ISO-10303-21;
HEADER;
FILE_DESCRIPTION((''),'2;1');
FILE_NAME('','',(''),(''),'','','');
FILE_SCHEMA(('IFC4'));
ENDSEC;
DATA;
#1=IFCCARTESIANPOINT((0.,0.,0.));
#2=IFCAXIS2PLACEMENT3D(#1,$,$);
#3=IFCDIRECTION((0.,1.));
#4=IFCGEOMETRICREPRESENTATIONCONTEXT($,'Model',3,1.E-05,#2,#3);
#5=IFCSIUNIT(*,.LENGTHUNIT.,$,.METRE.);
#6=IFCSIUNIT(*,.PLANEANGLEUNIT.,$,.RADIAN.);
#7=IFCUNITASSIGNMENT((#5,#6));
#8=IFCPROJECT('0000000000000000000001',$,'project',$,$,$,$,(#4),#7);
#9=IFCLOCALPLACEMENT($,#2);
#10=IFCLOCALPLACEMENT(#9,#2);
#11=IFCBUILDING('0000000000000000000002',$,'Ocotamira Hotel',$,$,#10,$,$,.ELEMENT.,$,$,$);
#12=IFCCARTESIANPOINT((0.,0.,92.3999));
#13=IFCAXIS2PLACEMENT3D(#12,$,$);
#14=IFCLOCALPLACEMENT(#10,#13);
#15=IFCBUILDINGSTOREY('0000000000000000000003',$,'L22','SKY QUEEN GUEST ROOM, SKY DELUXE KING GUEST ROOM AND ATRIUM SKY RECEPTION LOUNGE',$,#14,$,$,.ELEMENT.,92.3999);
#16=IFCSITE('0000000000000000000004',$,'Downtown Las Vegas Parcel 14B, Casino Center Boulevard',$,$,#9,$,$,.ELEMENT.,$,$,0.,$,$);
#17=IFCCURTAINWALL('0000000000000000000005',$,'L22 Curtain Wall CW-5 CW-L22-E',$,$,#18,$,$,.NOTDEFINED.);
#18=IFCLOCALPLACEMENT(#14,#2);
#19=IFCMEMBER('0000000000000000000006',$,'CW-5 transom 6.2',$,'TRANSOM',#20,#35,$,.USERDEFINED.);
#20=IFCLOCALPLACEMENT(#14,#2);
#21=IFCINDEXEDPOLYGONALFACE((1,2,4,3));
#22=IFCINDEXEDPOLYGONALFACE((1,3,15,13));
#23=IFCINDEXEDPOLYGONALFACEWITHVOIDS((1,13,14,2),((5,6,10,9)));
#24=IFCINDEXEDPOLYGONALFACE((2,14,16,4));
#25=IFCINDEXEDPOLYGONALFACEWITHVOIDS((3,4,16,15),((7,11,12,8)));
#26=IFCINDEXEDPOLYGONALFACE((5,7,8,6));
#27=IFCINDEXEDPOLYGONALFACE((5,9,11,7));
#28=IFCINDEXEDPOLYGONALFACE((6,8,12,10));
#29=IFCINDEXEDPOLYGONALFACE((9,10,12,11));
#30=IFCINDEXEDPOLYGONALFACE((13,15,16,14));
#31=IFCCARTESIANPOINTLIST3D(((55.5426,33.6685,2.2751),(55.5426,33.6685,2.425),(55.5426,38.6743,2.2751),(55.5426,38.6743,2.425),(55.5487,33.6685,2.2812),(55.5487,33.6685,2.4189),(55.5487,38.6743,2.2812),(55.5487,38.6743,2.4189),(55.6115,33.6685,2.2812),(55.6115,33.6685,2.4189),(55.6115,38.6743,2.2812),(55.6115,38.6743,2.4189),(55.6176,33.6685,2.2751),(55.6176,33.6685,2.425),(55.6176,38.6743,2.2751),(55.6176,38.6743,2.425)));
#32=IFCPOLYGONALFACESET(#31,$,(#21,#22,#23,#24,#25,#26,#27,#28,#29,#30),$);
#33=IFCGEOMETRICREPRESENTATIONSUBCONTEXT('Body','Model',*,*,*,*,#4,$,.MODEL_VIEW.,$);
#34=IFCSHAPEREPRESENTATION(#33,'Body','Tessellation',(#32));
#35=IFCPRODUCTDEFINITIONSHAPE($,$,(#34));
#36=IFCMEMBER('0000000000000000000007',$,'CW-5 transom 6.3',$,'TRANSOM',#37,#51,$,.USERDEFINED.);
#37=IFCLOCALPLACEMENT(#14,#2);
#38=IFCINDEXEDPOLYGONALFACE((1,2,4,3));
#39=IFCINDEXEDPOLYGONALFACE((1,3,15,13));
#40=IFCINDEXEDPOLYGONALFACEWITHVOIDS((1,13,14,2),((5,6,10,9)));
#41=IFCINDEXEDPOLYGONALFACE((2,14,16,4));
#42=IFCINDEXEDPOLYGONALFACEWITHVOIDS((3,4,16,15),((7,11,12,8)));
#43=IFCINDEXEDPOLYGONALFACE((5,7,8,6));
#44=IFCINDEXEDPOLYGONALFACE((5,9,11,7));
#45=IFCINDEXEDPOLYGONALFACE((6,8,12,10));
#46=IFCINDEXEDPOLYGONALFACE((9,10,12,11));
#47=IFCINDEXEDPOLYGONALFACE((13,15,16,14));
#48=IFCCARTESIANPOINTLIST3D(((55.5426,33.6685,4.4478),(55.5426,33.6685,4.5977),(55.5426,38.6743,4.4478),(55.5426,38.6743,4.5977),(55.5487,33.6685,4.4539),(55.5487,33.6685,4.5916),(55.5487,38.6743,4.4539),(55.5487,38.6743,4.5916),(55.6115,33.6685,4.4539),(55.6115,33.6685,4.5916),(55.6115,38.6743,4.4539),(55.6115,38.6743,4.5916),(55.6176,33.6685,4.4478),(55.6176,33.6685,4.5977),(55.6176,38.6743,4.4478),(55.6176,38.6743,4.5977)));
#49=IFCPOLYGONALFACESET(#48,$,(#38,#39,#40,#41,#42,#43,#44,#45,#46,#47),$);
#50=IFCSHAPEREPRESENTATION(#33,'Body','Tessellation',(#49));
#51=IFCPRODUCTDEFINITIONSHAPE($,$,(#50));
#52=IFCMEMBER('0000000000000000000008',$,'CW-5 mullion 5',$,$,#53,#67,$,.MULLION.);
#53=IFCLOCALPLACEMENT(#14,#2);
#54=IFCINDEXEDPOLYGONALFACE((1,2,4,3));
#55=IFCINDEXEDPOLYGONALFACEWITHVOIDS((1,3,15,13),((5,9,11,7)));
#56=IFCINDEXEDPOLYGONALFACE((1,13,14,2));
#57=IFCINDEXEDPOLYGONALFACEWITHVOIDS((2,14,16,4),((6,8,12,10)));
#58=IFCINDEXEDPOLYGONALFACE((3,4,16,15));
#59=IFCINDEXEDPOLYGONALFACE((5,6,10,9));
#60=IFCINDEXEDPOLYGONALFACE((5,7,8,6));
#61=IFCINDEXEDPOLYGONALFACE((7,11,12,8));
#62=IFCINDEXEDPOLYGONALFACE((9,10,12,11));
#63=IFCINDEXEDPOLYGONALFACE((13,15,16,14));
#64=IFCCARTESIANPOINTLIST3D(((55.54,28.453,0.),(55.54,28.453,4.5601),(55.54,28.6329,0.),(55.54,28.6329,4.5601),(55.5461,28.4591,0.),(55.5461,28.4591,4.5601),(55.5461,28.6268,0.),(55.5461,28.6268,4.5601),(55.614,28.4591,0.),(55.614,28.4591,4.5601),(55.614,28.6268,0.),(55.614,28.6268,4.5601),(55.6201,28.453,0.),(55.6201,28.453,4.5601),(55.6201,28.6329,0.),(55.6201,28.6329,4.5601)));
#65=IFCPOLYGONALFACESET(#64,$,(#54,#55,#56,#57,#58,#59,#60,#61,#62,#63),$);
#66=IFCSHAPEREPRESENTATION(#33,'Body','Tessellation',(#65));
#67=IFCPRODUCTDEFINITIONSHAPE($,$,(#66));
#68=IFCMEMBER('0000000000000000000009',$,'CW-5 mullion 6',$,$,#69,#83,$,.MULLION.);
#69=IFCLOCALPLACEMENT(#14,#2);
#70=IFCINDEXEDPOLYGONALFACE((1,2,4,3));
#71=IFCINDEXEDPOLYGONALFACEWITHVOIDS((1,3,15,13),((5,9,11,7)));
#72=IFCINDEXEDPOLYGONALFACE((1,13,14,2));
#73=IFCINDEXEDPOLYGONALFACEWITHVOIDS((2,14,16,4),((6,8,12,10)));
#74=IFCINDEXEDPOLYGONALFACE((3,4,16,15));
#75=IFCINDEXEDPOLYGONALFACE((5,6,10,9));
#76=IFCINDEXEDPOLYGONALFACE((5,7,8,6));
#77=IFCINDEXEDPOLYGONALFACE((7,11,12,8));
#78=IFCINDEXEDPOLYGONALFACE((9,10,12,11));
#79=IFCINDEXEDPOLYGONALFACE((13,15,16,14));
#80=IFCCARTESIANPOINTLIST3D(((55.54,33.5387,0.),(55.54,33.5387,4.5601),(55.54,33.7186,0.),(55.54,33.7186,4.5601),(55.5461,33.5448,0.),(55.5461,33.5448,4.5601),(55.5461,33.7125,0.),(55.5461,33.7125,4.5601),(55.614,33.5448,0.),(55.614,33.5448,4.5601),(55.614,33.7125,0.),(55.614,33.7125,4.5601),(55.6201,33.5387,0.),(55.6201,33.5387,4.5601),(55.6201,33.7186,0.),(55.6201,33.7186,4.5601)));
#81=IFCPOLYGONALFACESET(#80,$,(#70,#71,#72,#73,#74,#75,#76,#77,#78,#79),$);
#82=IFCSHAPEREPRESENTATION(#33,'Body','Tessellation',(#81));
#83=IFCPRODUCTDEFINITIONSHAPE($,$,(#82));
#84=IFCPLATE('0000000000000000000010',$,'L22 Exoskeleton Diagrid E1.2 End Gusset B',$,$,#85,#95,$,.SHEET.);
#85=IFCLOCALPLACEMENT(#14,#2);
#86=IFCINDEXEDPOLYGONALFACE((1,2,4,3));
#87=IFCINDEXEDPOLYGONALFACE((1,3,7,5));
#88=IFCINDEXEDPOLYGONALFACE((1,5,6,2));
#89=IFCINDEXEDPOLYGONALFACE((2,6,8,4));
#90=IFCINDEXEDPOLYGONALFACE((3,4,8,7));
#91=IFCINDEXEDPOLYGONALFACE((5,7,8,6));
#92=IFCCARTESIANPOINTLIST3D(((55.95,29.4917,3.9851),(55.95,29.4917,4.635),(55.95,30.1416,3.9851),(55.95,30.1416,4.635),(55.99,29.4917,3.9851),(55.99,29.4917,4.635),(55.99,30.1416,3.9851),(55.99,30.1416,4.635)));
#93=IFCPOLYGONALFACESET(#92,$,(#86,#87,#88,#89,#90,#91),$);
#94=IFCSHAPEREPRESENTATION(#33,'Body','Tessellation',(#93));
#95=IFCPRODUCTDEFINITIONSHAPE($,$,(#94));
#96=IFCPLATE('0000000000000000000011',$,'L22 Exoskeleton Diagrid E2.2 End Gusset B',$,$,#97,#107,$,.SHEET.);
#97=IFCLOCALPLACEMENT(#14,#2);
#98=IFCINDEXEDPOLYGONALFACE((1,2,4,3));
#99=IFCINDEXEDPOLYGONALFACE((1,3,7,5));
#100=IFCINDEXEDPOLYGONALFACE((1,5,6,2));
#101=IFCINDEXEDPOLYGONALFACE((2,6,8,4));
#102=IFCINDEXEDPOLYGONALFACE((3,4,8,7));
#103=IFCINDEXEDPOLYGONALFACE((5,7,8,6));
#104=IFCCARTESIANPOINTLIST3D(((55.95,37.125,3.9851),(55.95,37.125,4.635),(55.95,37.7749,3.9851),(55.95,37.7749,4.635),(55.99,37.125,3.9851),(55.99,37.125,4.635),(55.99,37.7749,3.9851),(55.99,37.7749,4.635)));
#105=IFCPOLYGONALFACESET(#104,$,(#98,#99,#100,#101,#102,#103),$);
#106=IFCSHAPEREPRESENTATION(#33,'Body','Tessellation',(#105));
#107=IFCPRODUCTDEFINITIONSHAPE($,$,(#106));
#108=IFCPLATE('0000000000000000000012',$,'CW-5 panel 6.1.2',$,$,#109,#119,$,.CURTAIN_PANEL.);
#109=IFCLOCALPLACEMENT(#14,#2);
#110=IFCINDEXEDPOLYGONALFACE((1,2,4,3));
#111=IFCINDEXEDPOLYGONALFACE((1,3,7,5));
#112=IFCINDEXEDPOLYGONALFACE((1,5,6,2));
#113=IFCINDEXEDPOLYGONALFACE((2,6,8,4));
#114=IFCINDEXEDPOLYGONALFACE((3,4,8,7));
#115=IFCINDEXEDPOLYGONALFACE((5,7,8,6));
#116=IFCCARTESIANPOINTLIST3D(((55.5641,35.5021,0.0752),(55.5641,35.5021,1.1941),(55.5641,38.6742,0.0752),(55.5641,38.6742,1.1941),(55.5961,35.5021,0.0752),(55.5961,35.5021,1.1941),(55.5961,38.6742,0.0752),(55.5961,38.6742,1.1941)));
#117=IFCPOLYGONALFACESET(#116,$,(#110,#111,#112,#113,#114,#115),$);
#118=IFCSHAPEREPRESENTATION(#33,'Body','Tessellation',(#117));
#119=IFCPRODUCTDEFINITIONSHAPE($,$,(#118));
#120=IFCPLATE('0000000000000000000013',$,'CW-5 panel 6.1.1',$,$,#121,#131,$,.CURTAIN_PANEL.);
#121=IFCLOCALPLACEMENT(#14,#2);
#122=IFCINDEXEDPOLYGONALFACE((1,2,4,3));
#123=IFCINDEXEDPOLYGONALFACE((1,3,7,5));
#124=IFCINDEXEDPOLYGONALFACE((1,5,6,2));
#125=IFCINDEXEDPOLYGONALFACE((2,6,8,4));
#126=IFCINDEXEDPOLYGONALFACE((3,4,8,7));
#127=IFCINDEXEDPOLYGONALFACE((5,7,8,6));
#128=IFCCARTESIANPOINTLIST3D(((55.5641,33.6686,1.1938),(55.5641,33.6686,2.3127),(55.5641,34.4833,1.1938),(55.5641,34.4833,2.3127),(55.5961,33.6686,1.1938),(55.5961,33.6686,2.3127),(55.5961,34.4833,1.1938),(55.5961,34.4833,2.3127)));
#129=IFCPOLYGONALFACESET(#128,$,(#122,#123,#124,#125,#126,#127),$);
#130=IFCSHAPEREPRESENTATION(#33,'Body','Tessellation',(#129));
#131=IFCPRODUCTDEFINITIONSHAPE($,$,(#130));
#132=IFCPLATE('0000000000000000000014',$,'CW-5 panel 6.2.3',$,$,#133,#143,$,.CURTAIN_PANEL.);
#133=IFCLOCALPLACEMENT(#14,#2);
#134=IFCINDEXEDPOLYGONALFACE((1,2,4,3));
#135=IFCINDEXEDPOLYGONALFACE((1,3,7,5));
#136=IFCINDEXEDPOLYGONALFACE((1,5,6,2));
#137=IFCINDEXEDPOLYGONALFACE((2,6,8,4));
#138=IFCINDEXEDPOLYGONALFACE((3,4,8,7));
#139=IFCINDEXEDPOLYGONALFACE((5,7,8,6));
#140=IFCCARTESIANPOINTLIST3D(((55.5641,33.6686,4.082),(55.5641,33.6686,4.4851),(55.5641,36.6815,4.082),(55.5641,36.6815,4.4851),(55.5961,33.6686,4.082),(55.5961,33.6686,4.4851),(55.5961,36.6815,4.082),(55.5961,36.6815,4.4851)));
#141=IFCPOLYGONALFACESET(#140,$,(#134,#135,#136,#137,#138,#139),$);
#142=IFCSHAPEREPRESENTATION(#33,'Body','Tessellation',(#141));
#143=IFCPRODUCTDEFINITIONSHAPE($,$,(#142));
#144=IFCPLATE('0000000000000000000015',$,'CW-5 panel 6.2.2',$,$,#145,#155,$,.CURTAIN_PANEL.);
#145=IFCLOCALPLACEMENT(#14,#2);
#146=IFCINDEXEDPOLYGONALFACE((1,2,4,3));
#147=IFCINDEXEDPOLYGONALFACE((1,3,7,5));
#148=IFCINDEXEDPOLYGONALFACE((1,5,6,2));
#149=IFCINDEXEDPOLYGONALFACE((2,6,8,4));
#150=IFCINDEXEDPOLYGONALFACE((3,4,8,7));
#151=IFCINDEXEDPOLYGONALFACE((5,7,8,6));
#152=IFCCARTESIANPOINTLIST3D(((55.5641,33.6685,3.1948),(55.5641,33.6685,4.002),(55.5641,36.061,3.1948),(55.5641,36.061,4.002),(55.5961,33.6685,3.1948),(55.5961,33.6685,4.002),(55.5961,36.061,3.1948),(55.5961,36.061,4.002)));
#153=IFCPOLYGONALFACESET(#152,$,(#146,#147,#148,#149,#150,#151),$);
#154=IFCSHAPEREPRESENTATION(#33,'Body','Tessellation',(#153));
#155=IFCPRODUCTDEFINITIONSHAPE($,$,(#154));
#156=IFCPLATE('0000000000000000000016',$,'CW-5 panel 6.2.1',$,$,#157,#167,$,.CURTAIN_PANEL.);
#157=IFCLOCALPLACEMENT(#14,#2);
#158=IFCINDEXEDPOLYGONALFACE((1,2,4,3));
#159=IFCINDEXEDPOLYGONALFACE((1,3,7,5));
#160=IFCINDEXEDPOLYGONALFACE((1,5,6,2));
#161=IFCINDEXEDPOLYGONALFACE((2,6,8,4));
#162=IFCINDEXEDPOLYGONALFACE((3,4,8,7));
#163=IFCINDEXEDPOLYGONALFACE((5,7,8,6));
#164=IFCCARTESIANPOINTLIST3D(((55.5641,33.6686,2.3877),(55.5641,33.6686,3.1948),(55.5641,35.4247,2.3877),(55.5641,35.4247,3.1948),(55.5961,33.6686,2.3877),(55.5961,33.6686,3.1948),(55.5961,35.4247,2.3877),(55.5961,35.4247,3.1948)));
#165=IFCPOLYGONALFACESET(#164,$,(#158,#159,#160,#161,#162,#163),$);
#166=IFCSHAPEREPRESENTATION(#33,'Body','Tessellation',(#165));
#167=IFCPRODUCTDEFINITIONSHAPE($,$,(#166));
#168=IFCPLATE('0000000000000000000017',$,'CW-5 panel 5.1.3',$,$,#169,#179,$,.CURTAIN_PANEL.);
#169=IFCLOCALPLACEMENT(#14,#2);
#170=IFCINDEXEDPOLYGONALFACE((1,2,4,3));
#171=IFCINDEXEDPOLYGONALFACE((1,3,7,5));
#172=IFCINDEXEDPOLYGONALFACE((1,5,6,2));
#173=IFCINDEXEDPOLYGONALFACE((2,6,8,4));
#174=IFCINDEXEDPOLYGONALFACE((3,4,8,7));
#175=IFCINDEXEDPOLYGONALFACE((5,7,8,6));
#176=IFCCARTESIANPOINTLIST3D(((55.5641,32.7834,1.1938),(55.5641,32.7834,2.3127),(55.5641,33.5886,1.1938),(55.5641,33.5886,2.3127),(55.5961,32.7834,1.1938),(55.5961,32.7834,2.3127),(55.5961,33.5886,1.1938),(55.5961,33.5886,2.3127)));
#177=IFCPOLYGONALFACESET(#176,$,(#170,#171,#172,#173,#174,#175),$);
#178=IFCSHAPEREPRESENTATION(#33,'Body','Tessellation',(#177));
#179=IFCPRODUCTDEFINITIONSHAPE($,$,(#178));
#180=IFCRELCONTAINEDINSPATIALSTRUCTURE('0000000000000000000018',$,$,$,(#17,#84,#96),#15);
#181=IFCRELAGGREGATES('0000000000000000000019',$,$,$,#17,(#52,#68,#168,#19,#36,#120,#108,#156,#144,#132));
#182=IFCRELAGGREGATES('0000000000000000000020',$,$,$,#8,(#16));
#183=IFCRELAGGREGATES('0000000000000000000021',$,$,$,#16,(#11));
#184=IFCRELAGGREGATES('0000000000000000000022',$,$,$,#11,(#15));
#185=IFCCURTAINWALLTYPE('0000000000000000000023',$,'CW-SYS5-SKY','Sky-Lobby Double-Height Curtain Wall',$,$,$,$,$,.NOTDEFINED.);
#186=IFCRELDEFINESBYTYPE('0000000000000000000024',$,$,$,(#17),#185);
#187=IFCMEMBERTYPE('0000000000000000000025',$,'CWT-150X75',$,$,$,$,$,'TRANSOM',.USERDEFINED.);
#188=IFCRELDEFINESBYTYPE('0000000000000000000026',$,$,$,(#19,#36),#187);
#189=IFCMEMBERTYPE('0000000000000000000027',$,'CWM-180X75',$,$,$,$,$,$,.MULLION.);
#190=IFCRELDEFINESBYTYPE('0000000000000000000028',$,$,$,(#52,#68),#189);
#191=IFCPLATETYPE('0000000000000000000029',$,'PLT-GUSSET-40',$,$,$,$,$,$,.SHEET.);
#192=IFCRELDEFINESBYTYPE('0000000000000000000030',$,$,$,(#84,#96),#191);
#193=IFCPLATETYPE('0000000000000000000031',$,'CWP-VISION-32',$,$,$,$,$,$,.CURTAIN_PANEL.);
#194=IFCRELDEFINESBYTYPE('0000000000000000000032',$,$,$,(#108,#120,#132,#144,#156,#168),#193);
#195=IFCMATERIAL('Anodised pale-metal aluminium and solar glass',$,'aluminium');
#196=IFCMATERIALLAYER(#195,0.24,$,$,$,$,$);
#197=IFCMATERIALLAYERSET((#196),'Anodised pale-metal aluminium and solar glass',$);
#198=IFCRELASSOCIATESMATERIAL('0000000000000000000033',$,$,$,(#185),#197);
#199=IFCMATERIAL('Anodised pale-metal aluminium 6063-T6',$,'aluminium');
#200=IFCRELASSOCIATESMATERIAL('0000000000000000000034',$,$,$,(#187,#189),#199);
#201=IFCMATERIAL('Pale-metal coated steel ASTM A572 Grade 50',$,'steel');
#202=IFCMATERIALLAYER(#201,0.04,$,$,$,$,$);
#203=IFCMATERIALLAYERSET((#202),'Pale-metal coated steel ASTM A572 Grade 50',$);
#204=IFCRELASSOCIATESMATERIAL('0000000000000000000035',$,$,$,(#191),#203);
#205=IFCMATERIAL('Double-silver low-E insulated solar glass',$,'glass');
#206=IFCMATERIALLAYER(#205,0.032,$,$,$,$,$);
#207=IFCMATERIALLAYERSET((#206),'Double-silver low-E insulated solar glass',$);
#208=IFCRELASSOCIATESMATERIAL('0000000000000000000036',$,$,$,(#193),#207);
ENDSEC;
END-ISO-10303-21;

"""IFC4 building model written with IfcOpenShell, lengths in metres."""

from ifc_helpers import new_model, si_unit, direction, frame, origin, origin_2d, place, context, subcontext, project, spatial, rectangle, hollow_rectangle, extrude, source, transform, mapped, material, layer, layer_set, material_profile, profile_set, type_object, element, aggregate, save


model = new_model("IFC4")

# Units and contexts
model_context = context("Model", 3, precision=1e-05, world=origin(), true_north=direction((0.0, 1.0)))
body_context = subcontext(model_context, "Body", "Model", "MODEL_VIEW")
ifc_project = project(units=[si_unit("LENGTHUNIT", "METRE"), si_unit("PLANEANGLEUNIT", "RADIAN")], contexts=[model_context])

# Site, building, storey
site_placement = place(None, origin())
site = spatial("IfcSite", under=ifc_project, at=site_placement, Name="Downtown Las Vegas Parcel 14B, Casino Center Boulevard", CompositionType="ELEMENT", RefElevation=0.0)
building_placement = place(site_placement, origin())
building = spatial("IfcBuilding", under=site, at=building_placement, Name="Ocotamira Hotel", CompositionType="ELEMENT")
storey_placement = place(building_placement, frame((0.0, 0.0, 92.3999)))
storey = spatial("IfcBuildingStorey", under=building, at=storey_placement, Name="L22", Description="SKY QUEEN GUEST ROOM, SKY DELUXE KING GUEST ROOM AND ATRIUM SKY RECEPTION LOUNGE", CompositionType="ELEMENT", Elevation=92.3999)

# Curtain wall, members
ifc_material_1 = material(Name="Anodised pale-metal aluminium and solar glass", Category="aluminium")
ifc_layer_1 = layer(ifc_material_1, 0.24)
ifc_layer_set_1 = layer_set([ifc_layer_1], Name="Anodised pale-metal aluminium and solar glass")
curtain_wall_type = type_object("IfcCurtainWallType", Name="CW-SYS5-SKY", Description="Sky-Lobby Double-Height Curtain Wall", PredefinedType="NOTDEFINED", material=ifc_layer_set_1)
curtain_wall_placement = place(storey_placement, origin())
curtain_wall = element("IfcCurtainWall", 1, at=curtain_wall_placement, inside=storey, type_object=curtain_wall_type, Name="L22 Curtain Wall CW-5 CW-L22-E", PredefinedType="NOTDEFINED")
ifc_material_2 = material(Name="Anodised pale-metal aluminium 6063-T6", Category="aluminium")
ifc_material_profile_1 = material_profile(ifc_material_2, hollow_rectangle(XDim=0.075, YDim=0.1499, WallThickness=0.0061, at=origin_2d()), Name="HSS150X75X6")
ifc_profile_set_1 = profile_set([ifc_material_profile_1], Name="Anodised pale-metal aluminium 6063-T6")
member_type_1 = type_object("IfcMemberType", Name="CWT-150X75", ElementType="TRANSOM", PredefinedType="USERDEFINED", material=ifc_profile_set_1)
shared_shape_1 = source(origin(), body_context, "Body", "SweptSolid", [
    extrude(hollow_rectangle(XDim=0.075, YDim=0.1499, WallThickness=0.0061, at=origin_2d()), origin(), (0.0, 0.0, 1.0), 5.0059),
])
member_1_placement = place(storey_placement, frame((55.5801, 33.6685, 2.3501), z_axis=(0.0, 1.0, 0.0), x_axis=(-1.0, 0.0, 0.0)))
member_1 = element("IfcMember", 2, at=member_1_placement, type_object=member_type_1, Name="CW-5 transom 6.2", ObjectType="TRANSOM", PredefinedType="USERDEFINED", context=body_context, shape_type="MappedRepresentation", body=[
    mapped(shared_shape_1, transform((0.0, 0.0, 0.0), scale=1.0)),
])
member_2_placement = place(storey_placement, frame((55.5801, 33.6685, 4.5227), z_axis=(0.0, 1.0, 0.0), x_axis=(-1.0, 0.0, 0.0)))
member_2 = element("IfcMember", 3, at=member_2_placement, type_object=member_type_1, Name="CW-5 transom 6.3", ObjectType="TRANSOM", PredefinedType="USERDEFINED", context=body_context, shape_type="MappedRepresentation", body=[
    mapped(shared_shape_1, transform((0.0, 0.0, 0.0), scale=1.0)),
])
ifc_material_profile_2 = material_profile(ifc_material_2, hollow_rectangle(XDim=0.0801, YDim=0.1799, WallThickness=0.0061, at=origin_2d()), Name="HSS180X80X6")
ifc_profile_set_2 = profile_set([ifc_material_profile_2], Name="Anodised pale-metal aluminium 6063-T6")
member_type_2 = type_object("IfcMemberType", Name="CWM-180X75", PredefinedType="MULLION", material=ifc_profile_set_2)
shared_shape_2 = source(origin(), body_context, "Body", "SweptSolid", [
    extrude(hollow_rectangle(XDim=0.0801, YDim=0.1799, WallThickness=0.0061, at=origin_2d()), origin(), (0.0, 0.0, 1.0), 4.5601),
])
member_3_placement = place(storey_placement, frame((55.5801, 28.543, 0.0), z_axis=(0.0, 0.0, 1.0), x_axis=(-1.0, 0.0, 0.0)))
member_3 = element("IfcMember", 4, at=member_3_placement, type_object=member_type_2, Name="CW-5 mullion 5", PredefinedType="MULLION", context=body_context, shape_type="MappedRepresentation", body=[
    mapped(shared_shape_2, transform((0.0, 0.0, 0.0), scale=1.0)),
])
member_4_placement = place(storey_placement, frame((55.5801, 33.6287, 0.0), z_axis=(0.0, 0.0, 1.0), x_axis=(-1.0, 0.0, 0.0)))
member_4 = element("IfcMember", 5, at=member_4_placement, type_object=member_type_2, Name="CW-5 mullion 6", PredefinedType="MULLION", context=body_context, shape_type="MappedRepresentation", body=[
    mapped(shared_shape_2, transform((0.0, 0.0, 0.0), scale=1.0)),
])

# Plates
ifc_material_3 = material(Name="Pale-metal coated steel ASTM A572 Grade 50", Category="steel")
ifc_layer_2 = layer(ifc_material_3, 0.04)
ifc_layer_set_2 = layer_set([ifc_layer_2], Name="Pale-metal coated steel ASTM A572 Grade 50")
plate_type_1 = type_object("IfcPlateType", Name="PLT-GUSSET-40", PredefinedType="SHEET", material=ifc_layer_set_2)
shared_shape_3 = source(origin(), body_context, "Body", "SweptSolid", [
    extrude(rectangle(XDim=0.04, YDim=0.6499, at=origin_2d()), origin(), (0.0, 0.0, 1.0), 0.6499),
])
for number, where, z_axis, x_axis, name in (
    (6, (55.97, 29.8167, 3.9851), (0.0, 0.0, 1.0), (1.0, 0.0, 0.0), "L22 Exoskeleton Diagrid E1.2 End Gusset B"),
    (7, (55.97, 37.45, 3.9851), (0.0, 0.0, 1.0), (1.0, 0.0, 0.0), "L22 Exoskeleton Diagrid E2.2 End Gusset B"),
):
    element("IfcPlate", number, at=place(storey_placement, frame(where, z_axis=z_axis, x_axis=x_axis)), inside=storey, type_object=plate_type_1, Name=name, PredefinedType="SHEET", context=body_context, shape_type="MappedRepresentation", body=[
        mapped(shared_shape_3, transform((0.0, 0.0, 0.0), scale=1.0)),
    ])

# Plates
ifc_material_4 = material(Name="Double-silver low-E insulated solar glass", Category="glass")
ifc_layer_3 = layer(ifc_material_4, 0.032)
ifc_layer_set_3 = layer_set([ifc_layer_3], Name="Double-silver low-E insulated solar glass")
plate_type_2 = type_object("IfcPlateType", Name="CWP-VISION-32", PredefinedType="CURTAIN_PANEL", material=ifc_layer_set_3)
shared_shape_4 = source(origin(), body_context, "Body", "SweptSolid", [
    extrude(rectangle(XDim=3.1721, YDim=0.032, at=origin_2d()), origin(), (0.0, 0.0, 1.0), 1.1189),
])
plate_1_placement = place(storey_placement, frame((55.5801, 37.0881, 0.0752), z_axis=(0.0, 0.0, 1.0), x_axis=(0.0, 1.0, 0.0)))
plate_1 = element("IfcPlate", 8, at=plate_1_placement, type_object=plate_type_2, Name="CW-5 panel 6.1.2", PredefinedType="CURTAIN_PANEL", context=body_context, shape_type="MappedRepresentation", body=[
    mapped(shared_shape_4, transform((0.0, 0.0, 0.0), scale=1.0)),
])
shared_shape_5 = source(origin(), body_context, "Body", "SweptSolid", [
    extrude(rectangle(XDim=0.8147, YDim=0.032, at=origin_2d()), origin(), (0.0, 0.0, 1.0), 1.1189),
])
plate_2_placement = place(storey_placement, frame((55.5801, 34.0759, 1.1938), z_axis=(0.0, 0.0, 1.0), x_axis=(0.0, 1.0, 0.0)))
plate_2 = element("IfcPlate", 9, at=plate_2_placement, type_object=plate_type_2, Name="CW-5 panel 6.1.1", PredefinedType="CURTAIN_PANEL", context=body_context, shape_type="MappedRepresentation", body=[
    mapped(shared_shape_5, transform((0.0, 0.0, 0.0), scale=1.0)),
])
shared_shape_6 = source(origin(), body_context, "Body", "SweptSolid", [
    extrude(rectangle(XDim=3.0129, YDim=0.032, at=origin_2d()), origin(), (0.0, 0.0, 1.0), 0.4031),
])
plate_3_placement = place(storey_placement, frame((55.5801, 35.175, 4.082), z_axis=(0.0, 0.0, 1.0), x_axis=(0.0, 1.0, 0.0)))
plate_3 = element("IfcPlate", 10, at=plate_3_placement, type_object=plate_type_2, Name="CW-5 panel 6.2.3", PredefinedType="CURTAIN_PANEL", context=body_context, shape_type="MappedRepresentation", body=[
    mapped(shared_shape_6, transform((0.0, 0.0, 0.0), scale=1.0)),
])
shared_shape_7 = source(origin(), body_context, "Body", "SweptSolid", [
    extrude(rectangle(XDim=2.3926, YDim=0.032, at=origin_2d()), origin(), (0.0, 0.0, 1.0), 0.8071),
])
plate_4_placement = place(storey_placement, frame((55.5801, 34.8647, 3.1948), z_axis=(0.0, 0.0, 1.0), x_axis=(0.0, 1.0, 0.0)))
plate_4 = element("IfcPlate", 11, at=plate_4_placement, type_object=plate_type_2, Name="CW-5 panel 6.2.2", PredefinedType="CURTAIN_PANEL", context=body_context, shape_type="MappedRepresentation", body=[
    mapped(shared_shape_7, transform((0.0, 0.0, 0.0), scale=1.0)),
])
shared_shape_8 = source(origin(), body_context, "Body", "SweptSolid", [
    extrude(rectangle(XDim=1.7561, YDim=0.032, at=origin_2d()), origin(), (0.0, 0.0, 1.0), 0.8071),
])
plate_5_placement = place(storey_placement, frame((55.5801, 34.5466, 2.3877), z_axis=(0.0, 0.0, 1.0), x_axis=(0.0, 1.0, 0.0)))
plate_5 = element("IfcPlate", 12, at=plate_5_placement, type_object=plate_type_2, Name="CW-5 panel 6.2.1", PredefinedType="CURTAIN_PANEL", context=body_context, shape_type="MappedRepresentation", body=[
    mapped(shared_shape_8, transform((0.0, 0.0, 0.0), scale=1.0)),
])
shared_shape_9 = source(origin(), body_context, "Body", "SweptSolid", [
    extrude(rectangle(XDim=0.8052, YDim=0.032, at=origin_2d()), origin(), (0.0, 0.0, 1.0), 1.1189),
])
plate_6_placement = place(storey_placement, frame((55.5801, 33.186, 1.1938), z_axis=(0.0, 0.0, 1.0), x_axis=(0.0, 1.0, 0.0)))
plate_6 = element("IfcPlate", 13, at=plate_6_placement, type_object=plate_type_2, Name="CW-5 panel 5.1.3", PredefinedType="CURTAIN_PANEL", context=body_context, shape_type="MappedRepresentation", body=[
    mapped(shared_shape_9, transform((0.0, 0.0, 0.0), scale=1.0)),
])
aggregate(curtain_wall, [member_3, member_4, plate_6, member_1, member_2, plate_2, plate_1, plate_5, plate_4, plate_3])

save(model, "model.ifc")
